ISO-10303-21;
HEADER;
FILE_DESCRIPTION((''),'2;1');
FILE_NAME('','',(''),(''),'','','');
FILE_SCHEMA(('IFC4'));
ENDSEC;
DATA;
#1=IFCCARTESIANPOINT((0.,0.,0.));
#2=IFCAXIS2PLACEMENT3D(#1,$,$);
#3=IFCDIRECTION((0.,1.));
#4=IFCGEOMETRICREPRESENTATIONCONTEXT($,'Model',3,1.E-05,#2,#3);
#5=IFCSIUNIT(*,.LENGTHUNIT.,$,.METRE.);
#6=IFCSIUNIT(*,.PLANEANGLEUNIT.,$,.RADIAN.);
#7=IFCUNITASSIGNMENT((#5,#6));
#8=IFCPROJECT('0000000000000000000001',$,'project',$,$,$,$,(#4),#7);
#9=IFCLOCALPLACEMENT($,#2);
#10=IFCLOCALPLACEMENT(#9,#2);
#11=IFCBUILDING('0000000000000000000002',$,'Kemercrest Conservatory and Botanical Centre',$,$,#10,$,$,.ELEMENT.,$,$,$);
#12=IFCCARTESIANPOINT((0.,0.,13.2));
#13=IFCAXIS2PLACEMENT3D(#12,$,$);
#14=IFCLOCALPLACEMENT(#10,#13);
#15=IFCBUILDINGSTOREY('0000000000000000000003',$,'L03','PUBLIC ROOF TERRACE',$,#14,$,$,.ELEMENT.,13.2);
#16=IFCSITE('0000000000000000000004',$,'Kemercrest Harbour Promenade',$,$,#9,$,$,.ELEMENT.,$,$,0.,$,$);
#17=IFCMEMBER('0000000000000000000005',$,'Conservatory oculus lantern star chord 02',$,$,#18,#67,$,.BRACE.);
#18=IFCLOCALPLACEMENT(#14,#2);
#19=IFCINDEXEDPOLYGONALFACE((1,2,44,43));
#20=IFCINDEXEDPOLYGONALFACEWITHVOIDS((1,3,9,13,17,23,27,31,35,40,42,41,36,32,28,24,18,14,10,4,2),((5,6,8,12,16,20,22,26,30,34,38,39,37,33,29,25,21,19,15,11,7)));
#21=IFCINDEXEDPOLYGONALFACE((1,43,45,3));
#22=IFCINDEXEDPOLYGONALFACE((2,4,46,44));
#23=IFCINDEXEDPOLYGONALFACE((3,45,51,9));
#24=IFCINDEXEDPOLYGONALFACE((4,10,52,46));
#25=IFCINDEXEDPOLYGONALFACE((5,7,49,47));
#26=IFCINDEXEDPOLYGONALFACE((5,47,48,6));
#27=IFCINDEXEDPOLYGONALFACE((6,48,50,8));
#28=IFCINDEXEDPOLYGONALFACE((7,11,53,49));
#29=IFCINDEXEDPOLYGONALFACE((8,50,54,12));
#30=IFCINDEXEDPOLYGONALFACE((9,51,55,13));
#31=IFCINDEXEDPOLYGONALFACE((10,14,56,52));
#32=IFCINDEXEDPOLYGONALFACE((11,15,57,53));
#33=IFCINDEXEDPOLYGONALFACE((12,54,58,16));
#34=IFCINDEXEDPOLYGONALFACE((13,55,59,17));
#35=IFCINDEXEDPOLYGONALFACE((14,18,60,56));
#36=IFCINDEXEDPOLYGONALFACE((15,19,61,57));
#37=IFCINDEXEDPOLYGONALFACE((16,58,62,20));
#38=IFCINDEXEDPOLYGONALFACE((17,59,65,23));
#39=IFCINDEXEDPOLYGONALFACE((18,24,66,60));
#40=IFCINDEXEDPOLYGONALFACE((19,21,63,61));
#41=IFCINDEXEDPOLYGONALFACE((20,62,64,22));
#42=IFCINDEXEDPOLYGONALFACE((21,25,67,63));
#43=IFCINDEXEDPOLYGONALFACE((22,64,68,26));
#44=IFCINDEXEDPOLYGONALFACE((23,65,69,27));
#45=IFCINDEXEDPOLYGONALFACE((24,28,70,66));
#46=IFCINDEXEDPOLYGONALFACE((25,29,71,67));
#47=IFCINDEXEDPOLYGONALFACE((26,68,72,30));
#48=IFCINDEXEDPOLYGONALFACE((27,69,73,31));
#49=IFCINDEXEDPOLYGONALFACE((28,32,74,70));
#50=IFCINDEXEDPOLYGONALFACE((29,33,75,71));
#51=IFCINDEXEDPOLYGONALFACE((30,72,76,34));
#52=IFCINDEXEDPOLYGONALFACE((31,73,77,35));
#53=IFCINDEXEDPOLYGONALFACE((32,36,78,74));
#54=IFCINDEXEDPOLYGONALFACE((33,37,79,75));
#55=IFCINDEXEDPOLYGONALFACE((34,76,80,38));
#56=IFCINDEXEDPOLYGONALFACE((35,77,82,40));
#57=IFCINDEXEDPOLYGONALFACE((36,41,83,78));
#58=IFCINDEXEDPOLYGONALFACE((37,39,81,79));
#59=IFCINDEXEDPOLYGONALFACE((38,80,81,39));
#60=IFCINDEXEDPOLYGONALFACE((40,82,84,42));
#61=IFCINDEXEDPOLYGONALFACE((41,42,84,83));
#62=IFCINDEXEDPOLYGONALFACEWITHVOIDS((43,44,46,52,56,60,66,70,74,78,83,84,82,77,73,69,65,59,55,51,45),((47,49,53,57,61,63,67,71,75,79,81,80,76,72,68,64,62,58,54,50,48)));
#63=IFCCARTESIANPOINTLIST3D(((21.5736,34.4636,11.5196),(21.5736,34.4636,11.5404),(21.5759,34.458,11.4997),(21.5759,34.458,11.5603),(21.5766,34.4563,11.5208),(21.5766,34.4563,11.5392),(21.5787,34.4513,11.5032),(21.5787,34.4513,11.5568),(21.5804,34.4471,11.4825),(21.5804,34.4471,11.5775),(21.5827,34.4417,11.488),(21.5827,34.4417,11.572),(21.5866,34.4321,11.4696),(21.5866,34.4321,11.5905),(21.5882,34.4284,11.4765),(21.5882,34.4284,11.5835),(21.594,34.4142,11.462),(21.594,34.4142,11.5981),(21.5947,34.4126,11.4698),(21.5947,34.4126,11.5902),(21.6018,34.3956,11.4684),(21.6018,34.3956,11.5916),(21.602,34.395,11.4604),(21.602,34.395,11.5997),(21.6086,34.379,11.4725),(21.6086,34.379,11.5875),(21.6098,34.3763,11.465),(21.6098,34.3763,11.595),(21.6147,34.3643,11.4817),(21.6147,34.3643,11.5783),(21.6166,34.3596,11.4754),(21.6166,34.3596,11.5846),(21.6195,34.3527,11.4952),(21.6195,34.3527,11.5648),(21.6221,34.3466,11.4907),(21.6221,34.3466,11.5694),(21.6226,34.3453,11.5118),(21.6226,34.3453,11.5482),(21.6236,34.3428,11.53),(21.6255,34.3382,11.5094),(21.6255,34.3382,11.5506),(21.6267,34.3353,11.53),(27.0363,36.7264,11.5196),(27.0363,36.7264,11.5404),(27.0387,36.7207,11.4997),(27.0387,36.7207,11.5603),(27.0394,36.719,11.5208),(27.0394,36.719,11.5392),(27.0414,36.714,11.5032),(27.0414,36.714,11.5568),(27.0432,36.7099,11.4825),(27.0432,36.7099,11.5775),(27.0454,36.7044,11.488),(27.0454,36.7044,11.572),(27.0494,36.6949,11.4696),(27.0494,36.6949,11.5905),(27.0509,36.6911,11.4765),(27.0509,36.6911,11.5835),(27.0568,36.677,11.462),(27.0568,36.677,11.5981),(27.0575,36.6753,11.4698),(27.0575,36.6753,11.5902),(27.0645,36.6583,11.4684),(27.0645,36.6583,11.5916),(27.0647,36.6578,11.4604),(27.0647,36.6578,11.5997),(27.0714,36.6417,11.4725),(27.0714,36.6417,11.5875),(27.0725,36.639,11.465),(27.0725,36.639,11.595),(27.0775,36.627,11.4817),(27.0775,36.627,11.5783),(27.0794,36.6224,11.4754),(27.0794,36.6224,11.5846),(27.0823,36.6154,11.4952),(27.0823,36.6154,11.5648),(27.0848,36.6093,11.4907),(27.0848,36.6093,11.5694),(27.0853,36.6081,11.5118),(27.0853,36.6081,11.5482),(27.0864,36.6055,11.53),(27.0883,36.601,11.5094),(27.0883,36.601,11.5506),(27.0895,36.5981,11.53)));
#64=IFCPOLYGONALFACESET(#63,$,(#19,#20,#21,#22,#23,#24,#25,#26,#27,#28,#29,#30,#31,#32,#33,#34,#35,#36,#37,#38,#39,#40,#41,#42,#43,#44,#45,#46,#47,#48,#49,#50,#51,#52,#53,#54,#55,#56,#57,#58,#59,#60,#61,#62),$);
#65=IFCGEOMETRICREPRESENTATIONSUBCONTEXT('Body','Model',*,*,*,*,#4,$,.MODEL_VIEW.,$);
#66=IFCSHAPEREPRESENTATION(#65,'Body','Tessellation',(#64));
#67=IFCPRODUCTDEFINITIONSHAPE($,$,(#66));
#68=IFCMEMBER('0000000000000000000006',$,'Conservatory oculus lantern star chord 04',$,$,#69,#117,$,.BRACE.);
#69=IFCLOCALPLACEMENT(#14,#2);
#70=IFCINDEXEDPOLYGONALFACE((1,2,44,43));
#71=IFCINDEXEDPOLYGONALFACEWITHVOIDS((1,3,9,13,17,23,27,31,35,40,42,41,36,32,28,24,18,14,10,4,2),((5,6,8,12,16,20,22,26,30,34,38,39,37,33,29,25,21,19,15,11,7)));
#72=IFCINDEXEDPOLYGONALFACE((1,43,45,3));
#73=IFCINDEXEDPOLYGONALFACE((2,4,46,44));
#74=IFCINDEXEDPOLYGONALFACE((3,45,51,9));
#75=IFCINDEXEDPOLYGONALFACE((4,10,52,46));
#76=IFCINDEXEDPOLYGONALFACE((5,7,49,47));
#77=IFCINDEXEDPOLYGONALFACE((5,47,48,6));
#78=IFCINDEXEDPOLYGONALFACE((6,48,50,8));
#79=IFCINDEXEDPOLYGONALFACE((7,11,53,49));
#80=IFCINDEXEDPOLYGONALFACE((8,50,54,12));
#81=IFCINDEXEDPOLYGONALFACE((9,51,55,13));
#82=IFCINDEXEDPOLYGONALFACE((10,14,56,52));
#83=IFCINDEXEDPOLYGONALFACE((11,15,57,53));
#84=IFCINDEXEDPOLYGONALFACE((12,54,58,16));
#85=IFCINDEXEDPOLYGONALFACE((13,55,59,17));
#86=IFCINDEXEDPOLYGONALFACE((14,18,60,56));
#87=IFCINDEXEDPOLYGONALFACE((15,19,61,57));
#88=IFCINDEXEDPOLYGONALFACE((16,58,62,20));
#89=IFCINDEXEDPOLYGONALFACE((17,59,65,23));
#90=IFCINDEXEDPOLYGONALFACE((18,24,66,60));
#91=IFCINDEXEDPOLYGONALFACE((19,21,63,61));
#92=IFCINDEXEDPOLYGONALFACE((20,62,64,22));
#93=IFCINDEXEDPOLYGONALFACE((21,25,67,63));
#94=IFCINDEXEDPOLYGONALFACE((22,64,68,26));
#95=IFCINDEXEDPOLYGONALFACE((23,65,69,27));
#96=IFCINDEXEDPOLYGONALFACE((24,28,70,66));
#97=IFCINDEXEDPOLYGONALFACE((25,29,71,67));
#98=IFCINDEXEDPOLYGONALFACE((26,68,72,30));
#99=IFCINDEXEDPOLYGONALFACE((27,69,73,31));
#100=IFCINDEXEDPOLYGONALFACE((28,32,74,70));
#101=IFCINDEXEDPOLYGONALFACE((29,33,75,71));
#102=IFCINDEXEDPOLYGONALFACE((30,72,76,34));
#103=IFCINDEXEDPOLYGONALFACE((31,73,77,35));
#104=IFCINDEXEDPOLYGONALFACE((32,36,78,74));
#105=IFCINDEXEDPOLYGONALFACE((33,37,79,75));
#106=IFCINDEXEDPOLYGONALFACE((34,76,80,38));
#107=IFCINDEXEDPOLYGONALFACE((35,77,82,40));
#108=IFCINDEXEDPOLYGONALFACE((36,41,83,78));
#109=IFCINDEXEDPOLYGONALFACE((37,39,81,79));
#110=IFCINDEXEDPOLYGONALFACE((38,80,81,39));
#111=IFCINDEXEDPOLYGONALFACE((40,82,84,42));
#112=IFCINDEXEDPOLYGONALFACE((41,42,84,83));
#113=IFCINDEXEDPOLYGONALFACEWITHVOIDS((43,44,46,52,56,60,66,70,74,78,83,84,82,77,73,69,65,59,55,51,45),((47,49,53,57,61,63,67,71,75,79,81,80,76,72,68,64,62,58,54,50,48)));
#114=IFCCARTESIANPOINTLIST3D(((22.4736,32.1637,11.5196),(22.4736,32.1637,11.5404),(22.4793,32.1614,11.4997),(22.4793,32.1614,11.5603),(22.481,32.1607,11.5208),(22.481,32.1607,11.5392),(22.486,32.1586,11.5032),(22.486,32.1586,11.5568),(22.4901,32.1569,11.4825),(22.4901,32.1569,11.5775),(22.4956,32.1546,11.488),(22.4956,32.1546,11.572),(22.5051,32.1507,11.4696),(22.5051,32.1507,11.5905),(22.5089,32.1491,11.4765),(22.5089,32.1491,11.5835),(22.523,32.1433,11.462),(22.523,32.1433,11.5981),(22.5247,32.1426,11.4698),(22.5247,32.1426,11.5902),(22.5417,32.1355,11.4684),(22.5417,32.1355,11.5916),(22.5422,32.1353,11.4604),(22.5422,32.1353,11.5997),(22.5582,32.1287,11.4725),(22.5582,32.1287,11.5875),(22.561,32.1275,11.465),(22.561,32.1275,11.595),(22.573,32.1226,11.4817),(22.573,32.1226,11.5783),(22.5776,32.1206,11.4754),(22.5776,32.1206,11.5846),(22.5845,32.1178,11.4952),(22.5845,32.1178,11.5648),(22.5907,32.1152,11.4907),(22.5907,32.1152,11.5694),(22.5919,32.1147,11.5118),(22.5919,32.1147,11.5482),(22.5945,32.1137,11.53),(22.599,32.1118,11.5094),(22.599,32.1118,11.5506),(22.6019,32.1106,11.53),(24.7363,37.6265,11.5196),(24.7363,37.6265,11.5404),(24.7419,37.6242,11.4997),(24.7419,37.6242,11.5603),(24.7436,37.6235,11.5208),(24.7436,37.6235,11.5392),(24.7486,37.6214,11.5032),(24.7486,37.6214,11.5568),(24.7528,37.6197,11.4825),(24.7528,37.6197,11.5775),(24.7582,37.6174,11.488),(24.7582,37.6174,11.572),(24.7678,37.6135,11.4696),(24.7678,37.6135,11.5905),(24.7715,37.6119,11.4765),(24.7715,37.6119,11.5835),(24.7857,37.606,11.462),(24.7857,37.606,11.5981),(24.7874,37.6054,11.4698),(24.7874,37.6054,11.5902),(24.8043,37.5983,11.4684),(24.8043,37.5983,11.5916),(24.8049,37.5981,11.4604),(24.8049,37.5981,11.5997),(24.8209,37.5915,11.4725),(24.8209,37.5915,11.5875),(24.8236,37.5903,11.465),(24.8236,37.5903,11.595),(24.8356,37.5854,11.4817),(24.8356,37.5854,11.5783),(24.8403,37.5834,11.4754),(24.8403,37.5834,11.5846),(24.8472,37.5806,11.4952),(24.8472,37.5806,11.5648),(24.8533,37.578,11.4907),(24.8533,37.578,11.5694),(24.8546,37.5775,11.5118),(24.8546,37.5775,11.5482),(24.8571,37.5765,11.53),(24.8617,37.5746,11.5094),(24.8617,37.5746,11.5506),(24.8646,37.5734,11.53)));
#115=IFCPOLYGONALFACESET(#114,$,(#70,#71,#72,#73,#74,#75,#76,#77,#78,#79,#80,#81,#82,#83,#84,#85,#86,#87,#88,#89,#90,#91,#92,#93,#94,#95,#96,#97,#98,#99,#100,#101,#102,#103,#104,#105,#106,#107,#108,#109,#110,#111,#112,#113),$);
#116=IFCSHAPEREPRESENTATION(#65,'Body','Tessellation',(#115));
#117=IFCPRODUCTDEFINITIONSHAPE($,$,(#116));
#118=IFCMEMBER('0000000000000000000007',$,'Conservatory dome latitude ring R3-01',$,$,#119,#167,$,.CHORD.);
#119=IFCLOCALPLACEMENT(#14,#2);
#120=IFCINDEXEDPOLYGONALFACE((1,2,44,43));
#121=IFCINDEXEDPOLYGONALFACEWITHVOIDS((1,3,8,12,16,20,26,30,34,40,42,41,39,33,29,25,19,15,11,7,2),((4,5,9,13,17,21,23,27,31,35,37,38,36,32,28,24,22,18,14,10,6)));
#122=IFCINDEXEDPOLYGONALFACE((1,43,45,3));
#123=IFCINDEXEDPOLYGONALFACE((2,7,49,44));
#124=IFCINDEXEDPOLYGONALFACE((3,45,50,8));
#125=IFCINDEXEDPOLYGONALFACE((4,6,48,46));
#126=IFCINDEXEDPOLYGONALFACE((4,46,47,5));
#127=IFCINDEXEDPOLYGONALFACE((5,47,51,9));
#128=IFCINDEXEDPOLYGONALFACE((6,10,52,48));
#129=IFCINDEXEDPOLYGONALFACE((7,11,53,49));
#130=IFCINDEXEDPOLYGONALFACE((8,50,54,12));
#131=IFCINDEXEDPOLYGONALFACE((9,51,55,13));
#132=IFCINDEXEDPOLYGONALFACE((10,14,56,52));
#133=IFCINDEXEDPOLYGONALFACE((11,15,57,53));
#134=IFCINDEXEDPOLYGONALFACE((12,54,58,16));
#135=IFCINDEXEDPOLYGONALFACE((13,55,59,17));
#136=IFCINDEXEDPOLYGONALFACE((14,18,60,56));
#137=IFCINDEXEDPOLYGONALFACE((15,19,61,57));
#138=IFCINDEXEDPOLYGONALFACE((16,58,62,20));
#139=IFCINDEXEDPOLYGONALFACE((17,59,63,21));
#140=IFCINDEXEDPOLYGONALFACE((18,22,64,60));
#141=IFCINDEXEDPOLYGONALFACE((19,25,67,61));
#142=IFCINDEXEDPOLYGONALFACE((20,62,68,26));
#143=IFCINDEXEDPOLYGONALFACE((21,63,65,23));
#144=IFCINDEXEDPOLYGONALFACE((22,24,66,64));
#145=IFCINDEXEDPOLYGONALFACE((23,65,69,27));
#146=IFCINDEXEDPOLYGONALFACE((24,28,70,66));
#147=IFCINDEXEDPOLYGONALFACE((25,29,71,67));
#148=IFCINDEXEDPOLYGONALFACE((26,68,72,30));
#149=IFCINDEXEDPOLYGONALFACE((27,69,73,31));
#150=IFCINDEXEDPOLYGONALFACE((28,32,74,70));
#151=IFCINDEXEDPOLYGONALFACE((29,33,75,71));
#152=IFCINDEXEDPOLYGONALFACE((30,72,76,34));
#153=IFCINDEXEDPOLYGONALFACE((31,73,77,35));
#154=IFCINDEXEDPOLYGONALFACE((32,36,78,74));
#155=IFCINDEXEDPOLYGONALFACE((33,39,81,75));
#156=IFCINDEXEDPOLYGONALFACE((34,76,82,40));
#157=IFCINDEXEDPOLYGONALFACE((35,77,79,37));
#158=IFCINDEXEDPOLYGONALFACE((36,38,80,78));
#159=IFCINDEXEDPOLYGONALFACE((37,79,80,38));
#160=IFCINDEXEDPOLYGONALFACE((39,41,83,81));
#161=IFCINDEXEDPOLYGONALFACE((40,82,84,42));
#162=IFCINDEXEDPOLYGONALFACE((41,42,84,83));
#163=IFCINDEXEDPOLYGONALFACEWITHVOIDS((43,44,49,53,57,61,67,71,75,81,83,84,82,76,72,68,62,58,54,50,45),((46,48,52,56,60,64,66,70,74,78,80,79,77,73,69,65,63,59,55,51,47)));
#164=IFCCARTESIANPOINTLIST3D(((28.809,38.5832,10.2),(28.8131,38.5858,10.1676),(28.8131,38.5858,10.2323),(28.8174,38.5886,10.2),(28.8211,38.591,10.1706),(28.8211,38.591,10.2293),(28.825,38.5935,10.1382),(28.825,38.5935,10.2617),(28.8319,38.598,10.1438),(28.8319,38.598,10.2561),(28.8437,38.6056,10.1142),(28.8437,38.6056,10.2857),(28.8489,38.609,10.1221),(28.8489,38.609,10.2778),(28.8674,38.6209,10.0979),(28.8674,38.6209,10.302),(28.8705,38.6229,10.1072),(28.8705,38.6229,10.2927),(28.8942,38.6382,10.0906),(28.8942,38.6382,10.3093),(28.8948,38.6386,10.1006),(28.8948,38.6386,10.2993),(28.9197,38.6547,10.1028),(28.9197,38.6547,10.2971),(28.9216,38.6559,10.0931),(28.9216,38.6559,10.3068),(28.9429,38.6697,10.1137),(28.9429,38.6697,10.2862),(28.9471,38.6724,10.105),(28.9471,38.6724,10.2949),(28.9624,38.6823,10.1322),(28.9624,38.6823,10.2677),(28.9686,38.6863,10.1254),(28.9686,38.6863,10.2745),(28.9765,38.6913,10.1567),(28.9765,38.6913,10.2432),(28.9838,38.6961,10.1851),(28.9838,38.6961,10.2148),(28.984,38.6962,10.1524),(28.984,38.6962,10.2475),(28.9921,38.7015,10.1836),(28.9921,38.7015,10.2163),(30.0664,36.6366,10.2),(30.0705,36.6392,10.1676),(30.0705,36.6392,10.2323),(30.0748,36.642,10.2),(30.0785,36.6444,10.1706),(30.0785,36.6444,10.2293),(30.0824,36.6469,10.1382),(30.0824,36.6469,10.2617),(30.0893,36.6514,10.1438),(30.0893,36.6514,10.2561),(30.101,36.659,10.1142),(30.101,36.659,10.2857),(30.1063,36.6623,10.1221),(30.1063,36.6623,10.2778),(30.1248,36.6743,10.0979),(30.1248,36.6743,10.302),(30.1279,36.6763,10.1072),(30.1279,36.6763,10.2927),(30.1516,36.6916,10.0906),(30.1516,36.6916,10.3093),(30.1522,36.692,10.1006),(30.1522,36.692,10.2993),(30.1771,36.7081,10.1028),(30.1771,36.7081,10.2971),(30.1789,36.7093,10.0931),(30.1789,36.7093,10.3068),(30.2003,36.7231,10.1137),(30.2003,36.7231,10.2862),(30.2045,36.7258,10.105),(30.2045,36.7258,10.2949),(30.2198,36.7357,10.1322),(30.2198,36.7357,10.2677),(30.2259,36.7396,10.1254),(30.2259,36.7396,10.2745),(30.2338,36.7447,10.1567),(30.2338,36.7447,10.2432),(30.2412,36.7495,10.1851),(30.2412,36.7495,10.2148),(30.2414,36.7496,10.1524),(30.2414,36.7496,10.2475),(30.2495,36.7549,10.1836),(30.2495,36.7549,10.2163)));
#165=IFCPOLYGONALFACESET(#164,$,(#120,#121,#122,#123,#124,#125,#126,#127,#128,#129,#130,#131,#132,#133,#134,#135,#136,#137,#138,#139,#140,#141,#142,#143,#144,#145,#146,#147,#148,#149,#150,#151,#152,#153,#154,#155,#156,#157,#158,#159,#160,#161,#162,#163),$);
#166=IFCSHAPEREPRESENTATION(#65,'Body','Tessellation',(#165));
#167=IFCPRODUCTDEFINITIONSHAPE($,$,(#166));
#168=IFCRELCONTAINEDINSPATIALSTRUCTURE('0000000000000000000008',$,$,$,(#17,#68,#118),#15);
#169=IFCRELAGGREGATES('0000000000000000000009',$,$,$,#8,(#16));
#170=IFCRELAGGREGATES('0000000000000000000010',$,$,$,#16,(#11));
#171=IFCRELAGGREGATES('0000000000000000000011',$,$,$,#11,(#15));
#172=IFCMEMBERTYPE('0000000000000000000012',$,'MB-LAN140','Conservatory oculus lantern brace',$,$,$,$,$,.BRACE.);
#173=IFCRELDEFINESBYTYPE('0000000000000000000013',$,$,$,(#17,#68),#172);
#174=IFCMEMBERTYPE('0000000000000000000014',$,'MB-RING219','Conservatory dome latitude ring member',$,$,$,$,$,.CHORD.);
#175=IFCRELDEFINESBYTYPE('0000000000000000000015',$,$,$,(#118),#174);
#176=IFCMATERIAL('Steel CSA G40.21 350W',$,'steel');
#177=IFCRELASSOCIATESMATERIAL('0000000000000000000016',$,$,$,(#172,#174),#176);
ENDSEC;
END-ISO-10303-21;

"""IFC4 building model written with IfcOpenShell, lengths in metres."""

from ifc_helpers import new_model, si_unit, direction, frame, origin, origin_2d, place, context, subcontext, project, spatial, hollow_circle, extrude, material, material_profile, profile_set, type_object, element, save


model = new_model("IFC4")

# Units and contexts
model_context = context("Model", 3, precision=1e-05, world=origin(), true_north=direction((0.0, 1.0)))
body_context = subcontext(model_context, "Body", "Model", "MODEL_VIEW")
ifc_project = project(units=[si_unit("LENGTHUNIT", "METRE"), si_unit("PLANEANGLEUNIT", "RADIAN")], contexts=[model_context])

# Site, building, storey
site_placement = place(None, origin())
site = spatial("IfcSite", under=ifc_project, at=site_placement, Name="Kemercrest Harbour Promenade", CompositionType="ELEMENT", RefElevation=0.0)
building_placement = place(site_placement, origin())
building = spatial("IfcBuilding", under=site, at=building_placement, Name="Kemercrest Conservatory and Botanical Centre", CompositionType="ELEMENT")
storey_placement = place(building_placement, frame((0.0, 0.0, 13.2)))
storey = spatial("IfcBuildingStorey", under=building, at=storey_placement, Name="L03", Description="PUBLIC ROOF TERRACE", CompositionType="ELEMENT", Elevation=13.2)

# Shared definitions
ifc_material_1 = material(Name="Steel CSA G40.21 350W", Category="steel")

# Members
ifc_material_profile_1 = material_profile(ifc_material_1, hollow_circle(Radius=0.0698, WallThickness=0.0081, at=origin_2d()), Name="CHS 139.7x8.0")
ifc_profile_set_1 = profile_set([ifc_material_profile_1], Name="Steel CSA G40.21 350W")
member_type_1 = type_object("IfcMemberType", Name="MB-LAN140", Description="Conservatory oculus lantern brace", PredefinedType="BRACE", material=ifc_profile_set_1)
for number, where, z_axis, x_axis, name in (
    (1, (27.0627, 36.6626, 11.53), (-0.92388, -0.382682, 0.0), (0.382682, -0.92388, 0.0), "Conservatory oculus lantern star chord 02"),
    (2, (24.8, 37.6001, 11.53), (-0.382668, -0.923886, 0.0), (0.923886, -0.382668, 0.0), "Conservatory oculus lantern star chord 04"),
):
    element("IfcMember", number, at=place(storey_placement, frame(where, z_axis=z_axis, x_axis=x_axis)), inside=storey, type_object=member_type_1, Name=name, PredefinedType="BRACE", context=body_context, shape_type="SweptSolid", body=[
        extrude(hollow_circle(Radius=0.0698, WallThickness=0.0081, at=origin_2d()), origin(), (0.0, 0.0, 1.0), 5.9128),
    ])
ifc_material_profile_2 = material_profile(ifc_material_1, hollow_circle(Radius=0.1096, WallThickness=0.01, at=origin_2d()), Name="CHS 219.1x10.0")
ifc_profile_set_2 = profile_set([ifc_material_profile_2], Name="Steel CSA G40.21 350W")
member_type_2 = type_object("IfcMemberType", Name="MB-RING219", Description="Conservatory dome latitude ring member", PredefinedType="CHORD", material=ifc_profile_set_2)
member_1_placement = place(storey_placement, frame((30.1584, 36.696, 10.2), z_axis=(-0.542583, 0.840002, 0.0), x_axis=(-0.840002, -0.542583, 0.0)))
element("IfcMember", 3, at=member_1_placement, inside=storey, type_object=member_type_2, Name="Conservatory dome latitude ring R3-01", PredefinedType="CHORD", context=body_context, shape_type="SweptSolid", body=[
    extrude(hollow_circle(Radius=0.1096, WallThickness=0.01, at=origin_2d()), origin(), (0.0, 0.0, 1.0), 2.3174),
])

save(model, "model.ifc")
